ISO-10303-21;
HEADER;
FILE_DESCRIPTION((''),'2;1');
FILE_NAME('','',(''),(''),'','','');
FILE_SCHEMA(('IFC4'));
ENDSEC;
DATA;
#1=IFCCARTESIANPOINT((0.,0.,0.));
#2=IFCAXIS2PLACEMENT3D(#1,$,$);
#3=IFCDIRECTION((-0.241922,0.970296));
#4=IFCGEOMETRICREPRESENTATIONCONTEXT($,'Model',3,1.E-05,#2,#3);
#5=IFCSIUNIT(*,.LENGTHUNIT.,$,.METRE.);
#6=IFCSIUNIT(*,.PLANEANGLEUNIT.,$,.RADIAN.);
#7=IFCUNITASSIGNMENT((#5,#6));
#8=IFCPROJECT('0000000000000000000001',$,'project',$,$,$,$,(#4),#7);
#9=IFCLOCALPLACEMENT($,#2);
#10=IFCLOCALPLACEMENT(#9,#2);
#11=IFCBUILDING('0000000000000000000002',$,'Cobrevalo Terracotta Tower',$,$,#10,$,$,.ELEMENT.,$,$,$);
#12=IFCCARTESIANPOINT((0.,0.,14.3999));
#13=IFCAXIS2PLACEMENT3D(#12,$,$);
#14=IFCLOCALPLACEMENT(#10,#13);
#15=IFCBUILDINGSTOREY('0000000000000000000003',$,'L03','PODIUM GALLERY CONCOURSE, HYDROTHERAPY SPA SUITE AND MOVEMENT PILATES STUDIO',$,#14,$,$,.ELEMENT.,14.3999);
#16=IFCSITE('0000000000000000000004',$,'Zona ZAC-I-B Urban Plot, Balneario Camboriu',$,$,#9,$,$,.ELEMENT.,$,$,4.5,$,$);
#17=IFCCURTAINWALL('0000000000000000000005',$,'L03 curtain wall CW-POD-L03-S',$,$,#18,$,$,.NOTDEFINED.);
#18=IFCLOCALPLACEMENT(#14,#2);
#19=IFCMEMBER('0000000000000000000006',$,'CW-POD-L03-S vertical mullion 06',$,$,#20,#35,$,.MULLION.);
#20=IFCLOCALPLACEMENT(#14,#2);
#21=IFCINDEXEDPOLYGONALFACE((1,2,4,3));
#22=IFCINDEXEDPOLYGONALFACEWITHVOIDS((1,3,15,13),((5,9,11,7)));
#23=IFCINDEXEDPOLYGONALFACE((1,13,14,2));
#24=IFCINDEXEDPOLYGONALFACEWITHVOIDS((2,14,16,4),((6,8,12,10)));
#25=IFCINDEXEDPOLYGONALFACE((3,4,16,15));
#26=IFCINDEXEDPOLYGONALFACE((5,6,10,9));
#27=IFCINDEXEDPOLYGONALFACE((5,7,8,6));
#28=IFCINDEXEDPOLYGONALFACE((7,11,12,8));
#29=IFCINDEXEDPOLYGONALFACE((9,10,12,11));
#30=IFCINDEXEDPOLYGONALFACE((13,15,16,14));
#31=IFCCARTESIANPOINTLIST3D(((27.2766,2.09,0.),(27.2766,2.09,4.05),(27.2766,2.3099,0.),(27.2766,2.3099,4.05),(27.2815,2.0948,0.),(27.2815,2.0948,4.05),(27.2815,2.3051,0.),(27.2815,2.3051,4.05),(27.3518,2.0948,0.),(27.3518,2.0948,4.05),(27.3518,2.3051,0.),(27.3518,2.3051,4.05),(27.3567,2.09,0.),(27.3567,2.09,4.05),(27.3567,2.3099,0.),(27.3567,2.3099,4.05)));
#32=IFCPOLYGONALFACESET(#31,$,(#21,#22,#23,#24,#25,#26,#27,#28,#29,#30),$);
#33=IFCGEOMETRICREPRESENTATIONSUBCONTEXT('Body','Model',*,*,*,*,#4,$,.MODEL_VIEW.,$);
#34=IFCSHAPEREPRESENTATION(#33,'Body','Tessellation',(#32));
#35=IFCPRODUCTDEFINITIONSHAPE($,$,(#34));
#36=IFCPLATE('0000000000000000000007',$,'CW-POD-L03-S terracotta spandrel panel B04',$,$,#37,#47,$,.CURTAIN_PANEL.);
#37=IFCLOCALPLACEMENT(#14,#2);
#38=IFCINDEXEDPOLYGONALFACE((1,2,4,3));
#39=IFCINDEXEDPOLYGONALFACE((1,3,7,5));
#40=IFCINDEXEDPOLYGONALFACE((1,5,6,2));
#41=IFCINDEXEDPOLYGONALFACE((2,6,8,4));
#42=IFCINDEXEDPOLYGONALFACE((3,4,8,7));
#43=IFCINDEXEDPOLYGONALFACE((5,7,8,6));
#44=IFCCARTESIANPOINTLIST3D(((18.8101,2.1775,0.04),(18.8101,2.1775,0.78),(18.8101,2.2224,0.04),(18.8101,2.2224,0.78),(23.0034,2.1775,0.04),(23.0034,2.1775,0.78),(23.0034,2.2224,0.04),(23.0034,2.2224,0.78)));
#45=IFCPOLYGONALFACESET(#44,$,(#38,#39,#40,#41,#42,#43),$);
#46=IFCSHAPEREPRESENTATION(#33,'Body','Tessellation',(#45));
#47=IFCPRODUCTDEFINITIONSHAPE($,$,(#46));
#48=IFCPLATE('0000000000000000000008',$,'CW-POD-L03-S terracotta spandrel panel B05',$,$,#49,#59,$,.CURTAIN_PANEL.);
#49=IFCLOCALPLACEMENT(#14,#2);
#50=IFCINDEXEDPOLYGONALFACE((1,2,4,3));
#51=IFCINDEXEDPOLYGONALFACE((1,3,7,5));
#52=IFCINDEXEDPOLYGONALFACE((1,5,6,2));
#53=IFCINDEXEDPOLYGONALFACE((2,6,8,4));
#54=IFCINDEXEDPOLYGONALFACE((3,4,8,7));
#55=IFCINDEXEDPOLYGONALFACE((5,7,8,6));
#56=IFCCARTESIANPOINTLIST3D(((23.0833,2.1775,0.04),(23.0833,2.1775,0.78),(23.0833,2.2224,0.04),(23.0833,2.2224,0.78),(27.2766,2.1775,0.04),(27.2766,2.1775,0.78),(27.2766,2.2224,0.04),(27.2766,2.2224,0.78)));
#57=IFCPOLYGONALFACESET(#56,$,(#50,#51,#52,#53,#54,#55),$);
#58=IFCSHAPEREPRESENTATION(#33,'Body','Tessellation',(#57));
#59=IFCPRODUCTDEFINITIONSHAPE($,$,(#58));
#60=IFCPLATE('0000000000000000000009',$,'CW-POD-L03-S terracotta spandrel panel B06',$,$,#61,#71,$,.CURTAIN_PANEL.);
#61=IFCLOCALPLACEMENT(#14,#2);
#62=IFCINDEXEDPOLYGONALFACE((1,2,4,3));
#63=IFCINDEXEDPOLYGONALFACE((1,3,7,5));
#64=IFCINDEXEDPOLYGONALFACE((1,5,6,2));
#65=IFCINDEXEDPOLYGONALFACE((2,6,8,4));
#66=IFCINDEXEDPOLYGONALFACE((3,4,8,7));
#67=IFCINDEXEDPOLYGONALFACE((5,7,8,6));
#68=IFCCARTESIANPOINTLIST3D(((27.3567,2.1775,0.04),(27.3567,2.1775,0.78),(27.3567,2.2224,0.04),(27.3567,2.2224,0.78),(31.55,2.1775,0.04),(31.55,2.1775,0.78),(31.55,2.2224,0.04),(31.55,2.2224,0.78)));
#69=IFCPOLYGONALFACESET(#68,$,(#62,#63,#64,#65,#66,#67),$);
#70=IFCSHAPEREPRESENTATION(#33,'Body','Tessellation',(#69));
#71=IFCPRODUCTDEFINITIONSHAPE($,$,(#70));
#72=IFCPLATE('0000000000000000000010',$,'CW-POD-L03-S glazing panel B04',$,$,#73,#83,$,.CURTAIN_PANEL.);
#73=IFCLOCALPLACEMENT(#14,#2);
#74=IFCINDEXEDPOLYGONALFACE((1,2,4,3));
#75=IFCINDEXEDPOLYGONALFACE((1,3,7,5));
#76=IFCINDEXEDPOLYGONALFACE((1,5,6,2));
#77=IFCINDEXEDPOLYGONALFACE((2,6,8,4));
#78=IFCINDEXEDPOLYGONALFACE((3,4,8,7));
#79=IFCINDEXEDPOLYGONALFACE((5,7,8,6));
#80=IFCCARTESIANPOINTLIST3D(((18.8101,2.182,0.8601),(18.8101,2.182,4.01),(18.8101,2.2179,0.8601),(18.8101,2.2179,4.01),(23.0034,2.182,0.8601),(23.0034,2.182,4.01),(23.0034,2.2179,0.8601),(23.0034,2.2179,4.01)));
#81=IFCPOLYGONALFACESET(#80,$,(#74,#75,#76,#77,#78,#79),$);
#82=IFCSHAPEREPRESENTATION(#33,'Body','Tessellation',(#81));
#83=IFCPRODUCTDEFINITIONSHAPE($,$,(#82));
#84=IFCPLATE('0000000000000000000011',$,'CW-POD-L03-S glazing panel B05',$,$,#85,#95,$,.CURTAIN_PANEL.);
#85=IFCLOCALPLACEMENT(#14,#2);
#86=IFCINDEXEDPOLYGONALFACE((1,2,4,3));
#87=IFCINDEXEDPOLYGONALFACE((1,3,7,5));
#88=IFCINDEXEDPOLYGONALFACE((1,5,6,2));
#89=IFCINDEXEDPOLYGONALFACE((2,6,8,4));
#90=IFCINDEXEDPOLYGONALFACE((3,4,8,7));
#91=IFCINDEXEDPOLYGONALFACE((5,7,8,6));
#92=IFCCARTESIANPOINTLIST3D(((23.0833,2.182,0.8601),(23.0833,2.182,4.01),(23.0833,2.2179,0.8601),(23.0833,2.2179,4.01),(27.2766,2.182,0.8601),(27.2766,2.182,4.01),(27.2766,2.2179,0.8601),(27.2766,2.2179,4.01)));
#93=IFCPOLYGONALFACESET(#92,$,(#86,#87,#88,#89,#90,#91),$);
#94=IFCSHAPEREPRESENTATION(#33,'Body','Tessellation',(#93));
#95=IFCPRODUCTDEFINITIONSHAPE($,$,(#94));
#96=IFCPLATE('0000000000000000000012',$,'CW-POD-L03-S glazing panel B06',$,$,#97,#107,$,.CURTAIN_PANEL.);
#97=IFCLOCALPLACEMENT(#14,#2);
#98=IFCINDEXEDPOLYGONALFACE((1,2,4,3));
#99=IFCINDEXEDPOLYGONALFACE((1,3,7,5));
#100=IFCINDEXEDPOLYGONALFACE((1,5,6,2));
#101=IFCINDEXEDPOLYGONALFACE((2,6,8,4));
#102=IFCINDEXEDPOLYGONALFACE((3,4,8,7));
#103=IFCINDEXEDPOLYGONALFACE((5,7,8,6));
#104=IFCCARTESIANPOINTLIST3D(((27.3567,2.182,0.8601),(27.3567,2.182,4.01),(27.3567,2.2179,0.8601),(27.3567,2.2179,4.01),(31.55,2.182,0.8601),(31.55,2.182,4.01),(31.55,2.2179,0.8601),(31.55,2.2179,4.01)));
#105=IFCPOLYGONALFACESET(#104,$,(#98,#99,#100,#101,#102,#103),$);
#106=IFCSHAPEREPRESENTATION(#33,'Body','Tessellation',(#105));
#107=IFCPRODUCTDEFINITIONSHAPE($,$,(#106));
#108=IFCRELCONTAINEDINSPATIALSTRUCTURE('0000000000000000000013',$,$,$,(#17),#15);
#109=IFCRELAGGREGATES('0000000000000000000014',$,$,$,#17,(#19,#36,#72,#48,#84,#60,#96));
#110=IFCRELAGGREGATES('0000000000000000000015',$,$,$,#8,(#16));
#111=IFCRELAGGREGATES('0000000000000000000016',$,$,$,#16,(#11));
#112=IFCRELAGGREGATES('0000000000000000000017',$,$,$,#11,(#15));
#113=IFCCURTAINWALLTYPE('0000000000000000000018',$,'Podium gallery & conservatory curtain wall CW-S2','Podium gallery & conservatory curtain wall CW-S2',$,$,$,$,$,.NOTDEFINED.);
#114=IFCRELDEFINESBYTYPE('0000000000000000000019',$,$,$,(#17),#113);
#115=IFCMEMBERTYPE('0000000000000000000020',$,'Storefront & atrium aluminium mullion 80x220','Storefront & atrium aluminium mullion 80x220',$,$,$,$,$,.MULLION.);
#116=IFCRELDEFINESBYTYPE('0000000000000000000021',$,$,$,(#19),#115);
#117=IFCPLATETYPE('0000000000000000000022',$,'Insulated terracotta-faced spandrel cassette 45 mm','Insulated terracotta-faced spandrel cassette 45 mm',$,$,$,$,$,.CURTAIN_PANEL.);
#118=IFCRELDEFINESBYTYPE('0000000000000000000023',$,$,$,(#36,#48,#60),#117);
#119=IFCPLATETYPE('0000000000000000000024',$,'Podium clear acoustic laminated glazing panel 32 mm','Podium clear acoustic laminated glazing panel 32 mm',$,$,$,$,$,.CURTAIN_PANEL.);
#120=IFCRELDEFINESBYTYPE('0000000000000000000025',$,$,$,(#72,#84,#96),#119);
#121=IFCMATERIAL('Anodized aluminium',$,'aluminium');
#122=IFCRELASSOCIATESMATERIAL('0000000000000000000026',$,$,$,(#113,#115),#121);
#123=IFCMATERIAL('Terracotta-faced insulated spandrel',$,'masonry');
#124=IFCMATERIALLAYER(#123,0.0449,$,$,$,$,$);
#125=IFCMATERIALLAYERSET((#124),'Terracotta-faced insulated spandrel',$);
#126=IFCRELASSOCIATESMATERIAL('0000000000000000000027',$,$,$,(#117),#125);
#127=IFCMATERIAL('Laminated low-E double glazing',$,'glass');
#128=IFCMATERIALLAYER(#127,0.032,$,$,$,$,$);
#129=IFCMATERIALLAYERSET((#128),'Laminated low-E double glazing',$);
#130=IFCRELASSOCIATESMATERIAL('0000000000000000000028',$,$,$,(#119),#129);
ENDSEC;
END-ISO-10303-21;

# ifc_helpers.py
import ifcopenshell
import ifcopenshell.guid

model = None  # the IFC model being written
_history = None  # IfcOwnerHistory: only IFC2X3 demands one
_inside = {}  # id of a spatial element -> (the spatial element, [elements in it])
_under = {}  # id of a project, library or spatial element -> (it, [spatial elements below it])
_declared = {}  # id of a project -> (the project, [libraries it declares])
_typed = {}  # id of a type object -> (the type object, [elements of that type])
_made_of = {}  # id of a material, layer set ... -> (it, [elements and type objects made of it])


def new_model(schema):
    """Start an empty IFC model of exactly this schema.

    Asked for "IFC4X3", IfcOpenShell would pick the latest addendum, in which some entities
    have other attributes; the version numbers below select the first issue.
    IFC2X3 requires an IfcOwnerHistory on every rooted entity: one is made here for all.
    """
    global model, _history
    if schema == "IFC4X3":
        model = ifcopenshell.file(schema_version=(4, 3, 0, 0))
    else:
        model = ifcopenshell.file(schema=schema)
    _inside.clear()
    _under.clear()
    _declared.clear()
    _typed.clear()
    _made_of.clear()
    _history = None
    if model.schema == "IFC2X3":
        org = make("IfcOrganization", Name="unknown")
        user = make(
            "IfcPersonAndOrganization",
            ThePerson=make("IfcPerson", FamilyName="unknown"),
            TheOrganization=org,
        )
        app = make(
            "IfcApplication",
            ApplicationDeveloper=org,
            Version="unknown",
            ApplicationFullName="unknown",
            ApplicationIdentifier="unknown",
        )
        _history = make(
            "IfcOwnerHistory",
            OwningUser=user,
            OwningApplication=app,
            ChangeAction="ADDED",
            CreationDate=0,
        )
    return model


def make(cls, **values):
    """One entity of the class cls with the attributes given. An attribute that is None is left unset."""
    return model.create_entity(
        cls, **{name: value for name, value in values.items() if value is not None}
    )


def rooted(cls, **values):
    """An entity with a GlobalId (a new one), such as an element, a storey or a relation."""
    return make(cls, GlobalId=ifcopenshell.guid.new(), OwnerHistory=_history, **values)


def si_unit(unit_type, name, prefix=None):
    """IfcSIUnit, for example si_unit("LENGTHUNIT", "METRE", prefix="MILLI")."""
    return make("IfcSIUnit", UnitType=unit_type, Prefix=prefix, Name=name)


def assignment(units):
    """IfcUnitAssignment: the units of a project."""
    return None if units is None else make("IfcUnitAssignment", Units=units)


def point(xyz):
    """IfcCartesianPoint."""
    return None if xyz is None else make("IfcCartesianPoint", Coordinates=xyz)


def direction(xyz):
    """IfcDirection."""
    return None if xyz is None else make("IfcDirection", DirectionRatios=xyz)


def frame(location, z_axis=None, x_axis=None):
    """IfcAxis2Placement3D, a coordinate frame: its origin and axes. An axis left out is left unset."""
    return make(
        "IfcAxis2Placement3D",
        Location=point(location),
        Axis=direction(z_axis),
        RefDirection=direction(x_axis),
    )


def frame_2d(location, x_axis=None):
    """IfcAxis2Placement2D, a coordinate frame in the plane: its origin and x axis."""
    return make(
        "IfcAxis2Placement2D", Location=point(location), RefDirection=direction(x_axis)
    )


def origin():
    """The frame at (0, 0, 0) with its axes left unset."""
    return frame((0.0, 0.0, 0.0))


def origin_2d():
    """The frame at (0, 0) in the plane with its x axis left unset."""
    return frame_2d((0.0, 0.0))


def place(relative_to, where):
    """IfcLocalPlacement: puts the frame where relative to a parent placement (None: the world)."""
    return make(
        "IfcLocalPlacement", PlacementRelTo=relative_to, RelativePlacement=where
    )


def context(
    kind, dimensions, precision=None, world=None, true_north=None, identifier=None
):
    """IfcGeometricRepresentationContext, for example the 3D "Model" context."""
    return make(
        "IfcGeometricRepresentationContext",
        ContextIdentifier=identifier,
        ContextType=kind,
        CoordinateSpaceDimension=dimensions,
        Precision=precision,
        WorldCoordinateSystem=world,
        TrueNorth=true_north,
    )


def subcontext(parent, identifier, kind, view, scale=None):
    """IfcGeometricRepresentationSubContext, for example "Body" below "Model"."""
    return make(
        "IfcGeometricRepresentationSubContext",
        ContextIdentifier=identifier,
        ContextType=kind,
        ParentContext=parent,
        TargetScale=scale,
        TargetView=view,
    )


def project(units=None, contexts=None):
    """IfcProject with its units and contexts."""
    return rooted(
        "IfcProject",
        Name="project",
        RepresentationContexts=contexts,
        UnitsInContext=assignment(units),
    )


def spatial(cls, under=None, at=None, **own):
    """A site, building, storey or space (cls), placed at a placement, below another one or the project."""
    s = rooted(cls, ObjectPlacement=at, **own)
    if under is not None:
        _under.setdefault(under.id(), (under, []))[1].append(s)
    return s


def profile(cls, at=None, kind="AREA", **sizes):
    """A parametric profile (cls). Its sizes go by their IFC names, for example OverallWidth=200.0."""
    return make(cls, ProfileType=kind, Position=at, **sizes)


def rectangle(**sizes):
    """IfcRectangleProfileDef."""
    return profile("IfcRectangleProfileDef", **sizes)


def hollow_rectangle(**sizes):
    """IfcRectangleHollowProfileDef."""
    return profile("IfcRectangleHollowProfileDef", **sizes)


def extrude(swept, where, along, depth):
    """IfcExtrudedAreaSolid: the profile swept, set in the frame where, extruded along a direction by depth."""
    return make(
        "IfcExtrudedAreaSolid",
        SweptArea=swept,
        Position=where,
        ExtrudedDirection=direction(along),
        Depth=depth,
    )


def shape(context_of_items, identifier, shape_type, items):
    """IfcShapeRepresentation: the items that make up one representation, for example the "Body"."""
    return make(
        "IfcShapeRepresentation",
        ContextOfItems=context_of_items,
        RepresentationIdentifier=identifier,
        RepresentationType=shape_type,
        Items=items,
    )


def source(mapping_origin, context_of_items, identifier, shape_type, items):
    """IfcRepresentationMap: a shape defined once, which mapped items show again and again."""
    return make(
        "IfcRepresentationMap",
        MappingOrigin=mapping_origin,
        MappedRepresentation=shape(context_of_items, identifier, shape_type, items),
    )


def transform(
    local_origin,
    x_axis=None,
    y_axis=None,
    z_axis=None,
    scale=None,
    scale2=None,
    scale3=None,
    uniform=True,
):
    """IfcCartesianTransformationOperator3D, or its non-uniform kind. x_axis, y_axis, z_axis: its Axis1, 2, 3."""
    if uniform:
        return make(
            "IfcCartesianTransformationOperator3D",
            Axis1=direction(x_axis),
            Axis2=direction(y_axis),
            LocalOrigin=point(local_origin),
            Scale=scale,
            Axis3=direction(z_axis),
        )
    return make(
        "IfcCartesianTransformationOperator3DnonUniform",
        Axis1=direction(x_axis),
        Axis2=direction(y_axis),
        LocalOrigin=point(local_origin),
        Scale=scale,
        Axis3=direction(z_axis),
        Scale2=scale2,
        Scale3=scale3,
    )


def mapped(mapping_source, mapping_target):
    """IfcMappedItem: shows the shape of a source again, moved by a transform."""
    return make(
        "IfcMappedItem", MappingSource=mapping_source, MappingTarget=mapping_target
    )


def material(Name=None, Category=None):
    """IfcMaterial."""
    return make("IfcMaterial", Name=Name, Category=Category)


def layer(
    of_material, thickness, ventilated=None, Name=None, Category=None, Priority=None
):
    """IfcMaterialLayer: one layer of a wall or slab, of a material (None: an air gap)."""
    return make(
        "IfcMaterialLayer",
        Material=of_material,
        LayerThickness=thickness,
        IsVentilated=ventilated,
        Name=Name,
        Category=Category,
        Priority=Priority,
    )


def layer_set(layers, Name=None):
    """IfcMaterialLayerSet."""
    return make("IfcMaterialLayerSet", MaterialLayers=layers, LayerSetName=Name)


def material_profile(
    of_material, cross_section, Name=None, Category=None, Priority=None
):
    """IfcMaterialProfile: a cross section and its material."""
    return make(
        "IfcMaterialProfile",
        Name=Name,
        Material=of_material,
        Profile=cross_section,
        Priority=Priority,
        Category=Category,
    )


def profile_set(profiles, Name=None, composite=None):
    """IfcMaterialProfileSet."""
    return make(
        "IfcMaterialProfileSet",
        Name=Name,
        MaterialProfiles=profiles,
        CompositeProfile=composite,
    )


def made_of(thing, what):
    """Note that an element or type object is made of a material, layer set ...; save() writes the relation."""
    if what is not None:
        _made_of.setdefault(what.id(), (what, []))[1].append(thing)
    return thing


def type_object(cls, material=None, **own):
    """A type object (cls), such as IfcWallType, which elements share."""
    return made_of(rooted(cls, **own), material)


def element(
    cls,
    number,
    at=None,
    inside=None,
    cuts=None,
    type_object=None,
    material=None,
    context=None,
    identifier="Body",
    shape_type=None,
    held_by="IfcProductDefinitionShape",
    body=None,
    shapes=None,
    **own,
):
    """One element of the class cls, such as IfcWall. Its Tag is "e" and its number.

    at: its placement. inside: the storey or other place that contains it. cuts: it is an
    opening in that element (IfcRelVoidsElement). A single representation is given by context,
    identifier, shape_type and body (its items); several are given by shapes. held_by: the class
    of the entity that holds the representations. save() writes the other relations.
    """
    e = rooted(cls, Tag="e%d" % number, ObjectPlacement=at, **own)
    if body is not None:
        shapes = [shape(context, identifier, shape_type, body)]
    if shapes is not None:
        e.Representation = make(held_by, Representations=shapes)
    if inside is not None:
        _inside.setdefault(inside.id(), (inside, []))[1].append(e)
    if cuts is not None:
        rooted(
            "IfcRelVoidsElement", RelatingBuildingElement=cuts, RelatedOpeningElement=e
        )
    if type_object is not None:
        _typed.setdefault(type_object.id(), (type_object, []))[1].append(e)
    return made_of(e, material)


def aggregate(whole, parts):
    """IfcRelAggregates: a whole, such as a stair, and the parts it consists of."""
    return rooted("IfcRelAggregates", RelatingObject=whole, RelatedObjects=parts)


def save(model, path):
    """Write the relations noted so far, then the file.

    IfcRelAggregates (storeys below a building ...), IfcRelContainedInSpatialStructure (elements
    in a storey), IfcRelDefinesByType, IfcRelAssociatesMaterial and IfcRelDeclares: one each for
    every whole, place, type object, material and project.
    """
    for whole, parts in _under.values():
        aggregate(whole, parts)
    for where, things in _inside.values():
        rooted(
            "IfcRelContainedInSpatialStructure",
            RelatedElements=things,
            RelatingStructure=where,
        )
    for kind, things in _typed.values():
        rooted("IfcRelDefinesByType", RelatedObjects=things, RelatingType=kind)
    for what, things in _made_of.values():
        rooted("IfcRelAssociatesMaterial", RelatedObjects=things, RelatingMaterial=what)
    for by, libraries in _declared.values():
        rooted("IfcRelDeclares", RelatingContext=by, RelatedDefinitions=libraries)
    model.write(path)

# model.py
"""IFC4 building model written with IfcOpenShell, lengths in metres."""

from ifc_helpers import new_model, si_unit, direction, frame, origin, origin_2d, place, context, subcontext, project, spatial, rectangle, hollow_rectangle, extrude, source, transform, mapped, material, layer, layer_set, material_profile, profile_set, type_object, element, aggregate, save


model = new_model("IFC4")

# Units and contexts
model_context = context("Model", 3, precision=1e-05, world=origin(), true_north=direction((-0.241922, 0.970296)))
body_context = subcontext(model_context, "Body", "Model", "MODEL_VIEW")
ifc_project = project(units=[si_unit("LENGTHUNIT", "METRE"), si_unit("PLANEANGLEUNIT", "RADIAN")], contexts=[model_context])

# Site, building, storey
site_placement = place(None, origin())
site = spatial("IfcSite", under=ifc_project, at=site_placement, Name="Zona ZAC-I-B Urban Plot, Balneario Camboriu", CompositionType="ELEMENT", RefElevation=4.5)
building_placement = place(site_placement, origin())
building = spatial("IfcBuilding", under=site, at=building_placement, Name="Cobrevalo Terracotta Tower", CompositionType="ELEMENT")
storey_placement = place(building_placement, frame((0.0, 0.0, 14.3999)))
storey = spatial("IfcBuildingStorey", under=building, at=storey_placement, Name="L03", Description="PODIUM GALLERY CONCOURSE, HYDROTHERAPY SPA SUITE AND MOVEMENT PILATES STUDIO", CompositionType="ELEMENT", Elevation=14.3999)

# Curtain wall, member, plates
ifc_material_1 = material(Name="Anodized aluminium", Category="aluminium")
curtain_wall_type = type_object("IfcCurtainWallType", Name="Podium gallery & conservatory curtain wall CW-S2", Description="Podium gallery & conservatory curtain wall CW-S2", PredefinedType="NOTDEFINED", material=ifc_material_1)
curtain_wall_placement = place(storey_placement, origin())
curtain_wall = element("IfcCurtainWall", 1, at=curtain_wall_placement, inside=storey, type_object=curtain_wall_type, Name="L03 curtain wall CW-POD-L03-S", PredefinedType="NOTDEFINED")
ifc_material_profile_1 = material_profile(ifc_material_1, hollow_rectangle(XDim=0.0801, YDim=0.22, WallThickness=0.0049, at=origin_2d()), Name="CWM 80x220")
ifc_profile_set_1 = profile_set([ifc_material_profile_1], Name="Anodized aluminium")
member_type_1 = type_object("IfcMemberType", Name="Storefront & atrium aluminium mullion 80x220", Description="Storefront & atrium aluminium mullion 80x220", PredefinedType="MULLION", material=ifc_profile_set_1)
shared_shape_1 = source(origin(), body_context, "Body", "SweptSolid", [
    extrude(hollow_rectangle(XDim=0.0801, YDim=0.22, WallThickness=0.0049, at=origin_2d()), origin(), (0.0, 0.0, 1.0), 4.05),
])
member_1_placement = place(storey_placement, frame((27.3167, 2.2, 0.0), z_axis=(0.0, 0.0, 1.0), x_axis=(1.0, 0.0, 0.0)))
member_1 = element("IfcMember", 2, at=member_1_placement, type_object=member_type_1, Name="CW-POD-L03-S vertical mullion 06", PredefinedType="MULLION", context=body_context, shape_type="MappedRepresentation", body=[
    mapped(shared_shape_1, transform((0.0, 0.0, 0.0), scale=1.0)),
])
ifc_material_2 = material(Name="Terracotta-faced insulated spandrel", Category="masonry")
ifc_layer_1 = layer(ifc_material_2, 0.0449)
ifc_layer_set_1 = layer_set([ifc_layer_1], Name="Terracotta-faced insulated spandrel")
plate_type_1 = type_object("IfcPlateType", Name="Insulated terracotta-faced spandrel cassette 45 mm", Description="Insulated terracotta-faced spandrel cassette 45 mm", PredefinedType="CURTAIN_PANEL", material=ifc_layer_set_1)
shared_shape_2 = source(origin(), body_context, "Body", "SweptSolid", [
    extrude(rectangle(XDim=4.1934, YDim=0.0449, at=origin_2d()), origin(), (0.0, 0.0, 1.0), 0.74),
])
plate_1_placement = place(storey_placement, frame((20.9067, 2.2, 0.04), z_axis=(0.0, 0.0, 1.0), x_axis=(1.0, 0.0, 0.0)))
plate_1 = element("IfcPlate", 3, at=plate_1_placement, type_object=plate_type_1, Name="CW-POD-L03-S terracotta spandrel panel B04", PredefinedType="CURTAIN_PANEL", context=body_context, shape_type="MappedRepresentation", body=[
    mapped(shared_shape_2, transform((0.0, 0.0, 0.0), scale=1.0)),
])
plate_2_placement = place(storey_placement, frame((25.1799, 2.2, 0.04), z_axis=(0.0, 0.0, 1.0), x_axis=(1.0, 0.0, 0.0)))
plate_2 = element("IfcPlate", 4, at=plate_2_placement, type_object=plate_type_1, Name="CW-POD-L03-S terracotta spandrel panel B05", PredefinedType="CURTAIN_PANEL", context=body_context, shape_type="MappedRepresentation", body=[
    mapped(shared_shape_2, transform((0.0, 0.0, 0.0), scale=1.0)),
])
plate_3_placement = place(storey_placement, frame((29.4534, 2.2, 0.04), z_axis=(0.0, 0.0, 1.0), x_axis=(1.0, 0.0, 0.0)))
plate_3 = element("IfcPlate", 5, at=plate_3_placement, type_object=plate_type_1, Name="CW-POD-L03-S terracotta spandrel panel B06", PredefinedType="CURTAIN_PANEL", context=body_context, shape_type="MappedRepresentation", body=[
    mapped(shared_shape_2, transform((0.0, 0.0, 0.0), scale=1.0)),
])
ifc_material_3 = material(Name="Laminated low-E double glazing", Category="glass")
ifc_layer_2 = layer(ifc_material_3, 0.032)
ifc_layer_set_2 = layer_set([ifc_layer_2], Name="Laminated low-E double glazing")
plate_type_2 = type_object("IfcPlateType", Name="Podium clear acoustic laminated glazing panel 32 mm", Description="Podium clear acoustic laminated glazing panel 32 mm", PredefinedType="CURTAIN_PANEL", material=ifc_layer_set_2)
shared_shape_3 = source(origin(), body_context, "Body", "SweptSolid", [
    extrude(rectangle(XDim=4.1934, YDim=0.0359, at=origin_2d()), origin(), (0.0, 0.0, 1.0), 3.1499),
])
plate_4_placement = place(storey_placement, frame((20.9067, 2.2, 0.8601), z_axis=(0.0, 0.0, 1.0), x_axis=(1.0, 0.0, 0.0)))
plate_4 = element("IfcPlate", 6, at=plate_4_placement, type_object=plate_type_2, Name="CW-POD-L03-S glazing panel B04", PredefinedType="CURTAIN_PANEL", context=body_context, shape_type="MappedRepresentation", body=[
    mapped(shared_shape_3, transform((0.0, 0.0, 0.0), scale=1.0)),
])
plate_5_placement = place(storey_placement, frame((25.1799, 2.2, 0.8601), z_axis=(0.0, 0.0, 1.0), x_axis=(1.0, 0.0, 0.0)))
plate_5 = element("IfcPlate", 7, at=plate_5_placement, type_object=plate_type_2, Name="CW-POD-L03-S glazing panel B05", PredefinedType="CURTAIN_PANEL", context=body_context, shape_type="MappedRepresentation", body=[
    mapped(shared_shape_3, transform((0.0, 0.0, 0.0), scale=1.0)),
])
plate_6_placement = place(storey_placement, frame((29.4534, 2.2, 0.8601), z_axis=(0.0, 0.0, 1.0), x_axis=(1.0, 0.0, 0.0)))
plate_6 = element("IfcPlate", 8, at=plate_6_placement, type_object=plate_type_2, Name="CW-POD-L03-S glazing panel B06", PredefinedType="CURTAIN_PANEL", context=body_context, shape_type="MappedRepresentation", body=[
    mapped(shared_shape_3, transform((0.0, 0.0, 0.0), scale=1.0)),
])
aggregate(curtain_wall, [member_1, plate_1, plate_4, plate_2, plate_5, plate_3, plate_6])

save(model, "model.ifc")
